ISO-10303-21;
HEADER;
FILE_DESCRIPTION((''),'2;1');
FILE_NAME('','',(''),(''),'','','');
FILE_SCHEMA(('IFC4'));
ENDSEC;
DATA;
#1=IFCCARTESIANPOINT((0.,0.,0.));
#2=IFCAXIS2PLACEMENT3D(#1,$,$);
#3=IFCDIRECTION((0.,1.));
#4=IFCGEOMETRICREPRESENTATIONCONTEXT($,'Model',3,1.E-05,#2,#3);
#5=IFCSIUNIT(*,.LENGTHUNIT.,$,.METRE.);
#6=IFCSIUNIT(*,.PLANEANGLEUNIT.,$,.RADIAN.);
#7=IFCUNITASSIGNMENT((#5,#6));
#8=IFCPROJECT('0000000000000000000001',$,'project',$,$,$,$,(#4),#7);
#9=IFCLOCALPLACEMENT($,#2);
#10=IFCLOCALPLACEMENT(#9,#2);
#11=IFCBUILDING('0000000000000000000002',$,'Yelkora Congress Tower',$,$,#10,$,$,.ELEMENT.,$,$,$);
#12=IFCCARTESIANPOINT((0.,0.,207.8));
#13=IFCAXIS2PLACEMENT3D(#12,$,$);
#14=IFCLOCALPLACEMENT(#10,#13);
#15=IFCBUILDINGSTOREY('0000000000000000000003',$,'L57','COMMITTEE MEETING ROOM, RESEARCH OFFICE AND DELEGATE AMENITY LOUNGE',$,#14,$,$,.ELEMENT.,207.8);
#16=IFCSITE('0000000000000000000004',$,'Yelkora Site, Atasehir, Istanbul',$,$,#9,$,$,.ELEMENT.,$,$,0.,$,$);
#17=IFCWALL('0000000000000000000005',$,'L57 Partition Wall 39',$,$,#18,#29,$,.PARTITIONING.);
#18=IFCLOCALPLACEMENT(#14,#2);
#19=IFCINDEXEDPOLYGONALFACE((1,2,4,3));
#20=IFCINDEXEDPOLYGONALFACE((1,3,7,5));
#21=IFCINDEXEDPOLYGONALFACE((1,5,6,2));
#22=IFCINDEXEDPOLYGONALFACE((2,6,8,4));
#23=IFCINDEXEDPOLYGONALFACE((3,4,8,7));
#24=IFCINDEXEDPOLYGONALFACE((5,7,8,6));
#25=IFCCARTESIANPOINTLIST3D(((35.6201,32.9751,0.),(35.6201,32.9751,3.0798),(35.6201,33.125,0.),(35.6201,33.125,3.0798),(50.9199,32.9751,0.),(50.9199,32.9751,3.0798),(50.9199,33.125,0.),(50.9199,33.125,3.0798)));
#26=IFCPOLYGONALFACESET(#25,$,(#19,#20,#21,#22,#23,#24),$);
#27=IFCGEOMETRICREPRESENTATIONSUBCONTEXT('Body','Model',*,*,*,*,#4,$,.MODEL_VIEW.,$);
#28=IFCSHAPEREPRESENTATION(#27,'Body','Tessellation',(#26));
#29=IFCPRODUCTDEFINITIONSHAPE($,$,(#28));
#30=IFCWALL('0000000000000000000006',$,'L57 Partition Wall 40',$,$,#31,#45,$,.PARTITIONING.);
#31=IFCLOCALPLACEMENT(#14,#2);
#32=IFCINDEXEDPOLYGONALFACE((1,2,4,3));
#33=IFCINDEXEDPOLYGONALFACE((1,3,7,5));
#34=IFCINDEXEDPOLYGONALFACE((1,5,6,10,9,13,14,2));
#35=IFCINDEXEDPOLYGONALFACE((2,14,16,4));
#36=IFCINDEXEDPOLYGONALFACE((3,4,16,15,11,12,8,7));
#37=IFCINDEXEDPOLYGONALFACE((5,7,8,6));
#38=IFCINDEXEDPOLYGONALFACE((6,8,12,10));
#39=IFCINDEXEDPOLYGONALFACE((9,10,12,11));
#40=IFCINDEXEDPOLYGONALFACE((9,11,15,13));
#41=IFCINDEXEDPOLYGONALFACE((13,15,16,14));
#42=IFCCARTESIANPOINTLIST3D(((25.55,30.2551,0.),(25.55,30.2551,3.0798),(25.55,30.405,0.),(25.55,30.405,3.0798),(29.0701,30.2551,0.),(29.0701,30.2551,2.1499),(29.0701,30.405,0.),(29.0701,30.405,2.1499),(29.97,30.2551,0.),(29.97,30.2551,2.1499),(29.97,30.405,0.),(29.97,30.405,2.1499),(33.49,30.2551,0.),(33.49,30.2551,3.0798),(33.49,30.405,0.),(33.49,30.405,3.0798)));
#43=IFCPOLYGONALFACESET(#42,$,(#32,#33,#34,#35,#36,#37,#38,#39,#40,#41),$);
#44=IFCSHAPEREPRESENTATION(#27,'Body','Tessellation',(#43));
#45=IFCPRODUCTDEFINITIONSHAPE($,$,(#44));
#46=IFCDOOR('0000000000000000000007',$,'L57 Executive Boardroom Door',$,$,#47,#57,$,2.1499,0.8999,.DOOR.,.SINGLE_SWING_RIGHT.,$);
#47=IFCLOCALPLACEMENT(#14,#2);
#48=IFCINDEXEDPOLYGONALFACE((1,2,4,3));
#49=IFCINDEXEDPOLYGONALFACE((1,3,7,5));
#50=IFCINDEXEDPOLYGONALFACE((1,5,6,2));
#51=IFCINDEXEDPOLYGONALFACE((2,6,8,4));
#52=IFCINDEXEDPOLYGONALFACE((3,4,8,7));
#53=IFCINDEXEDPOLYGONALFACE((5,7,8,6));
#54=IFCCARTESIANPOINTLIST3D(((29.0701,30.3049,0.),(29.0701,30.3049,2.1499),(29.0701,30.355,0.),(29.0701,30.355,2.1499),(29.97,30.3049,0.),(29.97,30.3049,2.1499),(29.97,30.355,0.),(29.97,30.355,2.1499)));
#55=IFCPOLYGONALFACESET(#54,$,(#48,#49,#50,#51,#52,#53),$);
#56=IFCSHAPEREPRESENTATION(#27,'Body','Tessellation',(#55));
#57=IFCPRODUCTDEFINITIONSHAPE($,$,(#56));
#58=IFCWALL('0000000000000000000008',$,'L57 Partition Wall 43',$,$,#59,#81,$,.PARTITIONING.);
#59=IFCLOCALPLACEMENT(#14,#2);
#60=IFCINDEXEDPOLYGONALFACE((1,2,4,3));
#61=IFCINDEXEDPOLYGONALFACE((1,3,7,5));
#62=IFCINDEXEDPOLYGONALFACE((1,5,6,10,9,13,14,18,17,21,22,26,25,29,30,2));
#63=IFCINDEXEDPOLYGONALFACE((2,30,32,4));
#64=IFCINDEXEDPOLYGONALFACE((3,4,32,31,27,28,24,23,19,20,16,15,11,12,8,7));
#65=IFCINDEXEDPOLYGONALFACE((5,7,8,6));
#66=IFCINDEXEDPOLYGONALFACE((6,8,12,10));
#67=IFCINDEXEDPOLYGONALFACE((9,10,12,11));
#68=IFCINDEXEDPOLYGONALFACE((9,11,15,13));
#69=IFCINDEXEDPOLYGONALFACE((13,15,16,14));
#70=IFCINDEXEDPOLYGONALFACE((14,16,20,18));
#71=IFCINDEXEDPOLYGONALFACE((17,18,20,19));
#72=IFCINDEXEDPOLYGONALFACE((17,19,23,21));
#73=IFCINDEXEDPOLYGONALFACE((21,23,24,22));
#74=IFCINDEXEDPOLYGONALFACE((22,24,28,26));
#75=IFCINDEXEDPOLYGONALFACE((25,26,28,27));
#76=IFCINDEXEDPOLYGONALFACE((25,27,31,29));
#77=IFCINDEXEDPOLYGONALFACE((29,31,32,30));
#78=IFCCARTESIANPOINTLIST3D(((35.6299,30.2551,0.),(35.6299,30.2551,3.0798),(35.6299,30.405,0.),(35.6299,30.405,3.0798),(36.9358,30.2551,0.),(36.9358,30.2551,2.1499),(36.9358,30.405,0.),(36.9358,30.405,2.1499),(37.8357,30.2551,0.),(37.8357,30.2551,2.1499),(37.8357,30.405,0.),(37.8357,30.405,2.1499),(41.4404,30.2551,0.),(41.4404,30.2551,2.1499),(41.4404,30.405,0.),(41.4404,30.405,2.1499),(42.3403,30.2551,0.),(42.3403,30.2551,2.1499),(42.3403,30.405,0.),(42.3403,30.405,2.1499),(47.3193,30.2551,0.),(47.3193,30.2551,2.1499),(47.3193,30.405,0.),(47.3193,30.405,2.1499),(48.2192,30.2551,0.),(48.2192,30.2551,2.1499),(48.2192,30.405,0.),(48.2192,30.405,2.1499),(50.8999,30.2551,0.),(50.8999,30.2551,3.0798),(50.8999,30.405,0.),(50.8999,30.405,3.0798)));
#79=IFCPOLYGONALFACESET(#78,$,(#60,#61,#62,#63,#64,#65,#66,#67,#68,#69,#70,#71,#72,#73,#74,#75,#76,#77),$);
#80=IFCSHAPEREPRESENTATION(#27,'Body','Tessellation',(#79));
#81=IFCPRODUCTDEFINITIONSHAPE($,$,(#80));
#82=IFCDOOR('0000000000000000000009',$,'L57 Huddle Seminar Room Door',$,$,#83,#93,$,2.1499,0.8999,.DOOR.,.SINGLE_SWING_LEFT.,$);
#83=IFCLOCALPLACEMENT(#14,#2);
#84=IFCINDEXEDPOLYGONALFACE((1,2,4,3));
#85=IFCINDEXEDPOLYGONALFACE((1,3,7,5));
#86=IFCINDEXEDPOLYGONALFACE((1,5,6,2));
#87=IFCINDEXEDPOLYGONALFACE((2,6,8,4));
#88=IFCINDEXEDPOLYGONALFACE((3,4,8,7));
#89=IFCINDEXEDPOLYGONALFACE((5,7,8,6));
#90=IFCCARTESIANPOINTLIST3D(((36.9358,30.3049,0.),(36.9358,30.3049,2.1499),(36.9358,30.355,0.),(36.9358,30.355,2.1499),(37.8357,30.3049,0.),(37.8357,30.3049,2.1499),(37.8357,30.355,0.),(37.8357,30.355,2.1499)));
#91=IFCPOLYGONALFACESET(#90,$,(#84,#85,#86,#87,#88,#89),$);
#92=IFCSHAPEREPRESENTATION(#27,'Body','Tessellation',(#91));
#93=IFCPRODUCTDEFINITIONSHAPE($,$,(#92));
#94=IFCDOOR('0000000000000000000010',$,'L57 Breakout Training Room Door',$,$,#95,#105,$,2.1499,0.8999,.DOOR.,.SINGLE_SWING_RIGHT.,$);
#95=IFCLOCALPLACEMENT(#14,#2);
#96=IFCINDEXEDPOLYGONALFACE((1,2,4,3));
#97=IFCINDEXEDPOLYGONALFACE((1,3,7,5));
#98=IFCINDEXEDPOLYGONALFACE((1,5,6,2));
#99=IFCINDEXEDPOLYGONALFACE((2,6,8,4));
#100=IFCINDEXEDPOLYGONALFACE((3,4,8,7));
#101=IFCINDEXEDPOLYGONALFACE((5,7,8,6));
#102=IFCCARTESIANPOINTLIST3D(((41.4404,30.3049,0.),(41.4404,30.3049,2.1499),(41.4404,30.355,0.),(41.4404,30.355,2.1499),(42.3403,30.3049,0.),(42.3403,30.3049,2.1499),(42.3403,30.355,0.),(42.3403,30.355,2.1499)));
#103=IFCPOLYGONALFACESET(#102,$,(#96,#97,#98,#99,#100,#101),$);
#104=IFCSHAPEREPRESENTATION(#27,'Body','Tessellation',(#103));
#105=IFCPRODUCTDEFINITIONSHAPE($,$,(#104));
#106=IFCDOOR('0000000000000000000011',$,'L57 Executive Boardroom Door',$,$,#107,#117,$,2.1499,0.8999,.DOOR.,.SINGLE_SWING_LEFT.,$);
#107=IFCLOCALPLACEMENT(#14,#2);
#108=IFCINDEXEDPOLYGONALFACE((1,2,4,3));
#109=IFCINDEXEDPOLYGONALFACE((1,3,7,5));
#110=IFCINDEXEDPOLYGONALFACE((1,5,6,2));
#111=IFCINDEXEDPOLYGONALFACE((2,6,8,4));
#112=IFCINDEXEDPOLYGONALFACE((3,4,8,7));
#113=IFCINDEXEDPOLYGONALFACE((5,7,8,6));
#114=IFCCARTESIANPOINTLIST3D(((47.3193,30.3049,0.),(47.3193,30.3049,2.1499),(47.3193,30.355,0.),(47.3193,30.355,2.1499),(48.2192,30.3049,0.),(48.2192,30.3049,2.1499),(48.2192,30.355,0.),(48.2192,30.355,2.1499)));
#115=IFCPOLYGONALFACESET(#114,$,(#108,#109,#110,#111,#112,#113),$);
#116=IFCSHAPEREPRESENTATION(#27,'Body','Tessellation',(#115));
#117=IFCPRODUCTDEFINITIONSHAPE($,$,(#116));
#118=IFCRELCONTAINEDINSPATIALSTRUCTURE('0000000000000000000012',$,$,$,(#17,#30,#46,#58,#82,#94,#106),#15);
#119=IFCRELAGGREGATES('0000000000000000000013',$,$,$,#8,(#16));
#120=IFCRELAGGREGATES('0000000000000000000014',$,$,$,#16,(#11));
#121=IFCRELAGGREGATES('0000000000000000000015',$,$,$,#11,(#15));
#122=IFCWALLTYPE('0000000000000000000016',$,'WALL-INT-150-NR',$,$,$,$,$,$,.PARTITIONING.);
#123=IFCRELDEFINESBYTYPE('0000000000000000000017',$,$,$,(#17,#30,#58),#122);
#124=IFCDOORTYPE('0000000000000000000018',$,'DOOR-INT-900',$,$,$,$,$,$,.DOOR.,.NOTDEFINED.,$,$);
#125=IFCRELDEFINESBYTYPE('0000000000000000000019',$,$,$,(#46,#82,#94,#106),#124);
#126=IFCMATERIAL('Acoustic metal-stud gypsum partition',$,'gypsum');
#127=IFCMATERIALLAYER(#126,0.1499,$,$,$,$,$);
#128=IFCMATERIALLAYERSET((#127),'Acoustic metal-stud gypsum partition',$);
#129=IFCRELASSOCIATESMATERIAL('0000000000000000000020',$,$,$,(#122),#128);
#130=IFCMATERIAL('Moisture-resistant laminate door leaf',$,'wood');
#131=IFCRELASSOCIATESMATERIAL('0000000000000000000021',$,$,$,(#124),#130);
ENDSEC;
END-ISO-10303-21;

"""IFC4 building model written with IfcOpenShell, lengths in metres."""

from ifc_helpers import new_model, si_unit, direction, frame, frame_2d, origin, place, context, subcontext, project, spatial, rectangle, extrude, material, layer, layer_set, type_object, element, fill, save


model = new_model("IFC4")

# Units and contexts
model_context = context("Model", 3, precision=1e-05, world=origin(), true_north=direction((0.0, 1.0)))
body_context = subcontext(model_context, "Body", "Model", "MODEL_VIEW")
ifc_project = project(units=[si_unit("LENGTHUNIT", "METRE"), si_unit("PLANEANGLEUNIT", "RADIAN")], contexts=[model_context])

# Site, building, storey
site_placement = place(None, origin())
site = spatial("IfcSite", under=ifc_project, at=site_placement, Name="Yelkora Site, Atasehir, Istanbul", CompositionType="ELEMENT", RefElevation=0.0)
building_placement = place(site_placement, origin())
building = spatial("IfcBuilding", under=site, at=building_placement, Name="Yelkora Congress Tower", CompositionType="ELEMENT")
storey_placement = place(building_placement, frame((0.0, 0.0, 207.8)))
storey = spatial("IfcBuildingStorey", under=building, at=storey_placement, Name="L57", Description="COMMITTEE MEETING ROOM, RESEARCH OFFICE AND DELEGATE AMENITY LOUNGE", CompositionType="ELEMENT", Elevation=207.8)

# Shared definitions
ifc_material_1 = material(Name="Acoustic metal-stud gypsum partition", Category="gypsum")
ifc_layer = layer(ifc_material_1, 0.1499)
ifc_layer_set = layer_set([ifc_layer], Name="Acoustic metal-stud gypsum partition")
wall_type = type_object("IfcWallType", Name="WALL-INT-150-NR", PredefinedType="PARTITIONING", material=ifc_layer_set)

# Shared definitions
ifc_material_2 = material(Name="Moisture-resistant laminate door leaf", Category="wood")
door_type_1 = type_object("IfcDoorType", Name="DOOR-INT-900", OperationType="NOTDEFINED", PredefinedType="DOOR", material=ifc_material_2)

# Wall
wall_1_placement = place(storey_placement, frame((35.6201, 33.05, 0.0), z_axis=(0.0, 0.0, 1.0), x_axis=(1.0, 0.0, 0.0)))
element("IfcWall", 1, at=wall_1_placement, inside=storey, type_object=wall_type, Name="L57 Partition Wall 39", PredefinedType="PARTITIONING", context=body_context, shape_type="SweptSolid", body=[
    extrude(rectangle(XDim=15.2998, YDim=0.1499, at=frame_2d((7.6499, 0.0))), origin(), (0.0, 0.0, 1.0), 3.0798),
])

# Wall, opening, door
wall_2_placement = place(storey_placement, frame((25.55, 30.3301, 0.0), z_axis=(0.0, 0.0, 1.0), x_axis=(1.0, 0.0, 0.0)))
wall_2 = element("IfcWall", 2, at=wall_2_placement, inside=storey, type_object=wall_type, Name="L57 Partition Wall 40", PredefinedType="PARTITIONING", context=body_context, shape_type="SweptSolid", body=[
    extrude(rectangle(XDim=7.9399, YDim=0.1499, at=frame_2d((3.97, 0.0))), origin(), (0.0, 0.0, 1.0), 3.0798),
])
opening_1_placement = place(wall_2_placement, frame((3.52, 0.0, 0.0)))
opening_1 = element("IfcOpeningElement", 3, at=opening_1_placement, cuts=wall_2, PredefinedType="OPENING", context=body_context, shape_type="SweptSolid", body=[
    extrude(rectangle(XDim=0.8999, YDim=2.1499, at=frame_2d((0.45, 1.075))), frame((0.0, 0.085, 0.0), z_axis=(0.0, -1.0, 0.0), x_axis=(1.0, 0.0, 0.0)), (0.0, 0.0, 1.0), 0.1699),
])
door_1_placement = place(opening_1_placement, origin())
door_1 = element("IfcDoor", 4, at=door_1_placement, inside=storey, type_object=door_type_1, Name="L57 Executive Boardroom Door", OperationType="SINGLE_SWING_RIGHT", OverallHeight=2.1499, OverallWidth=0.8999, PredefinedType="DOOR", context=body_context, shape_type="SweptSolid", body=[
    extrude(rectangle(XDim=0.8999, YDim=2.1499, at=frame_2d((0.45, 1.075))), frame((0.0, 0.0249, 0.0), z_axis=(0.0, -1.0, 0.0), x_axis=(1.0, 0.0, 0.0)), (0.0, 0.0, 1.0), 0.05),
])
fill(opening_1, door_1)

# Wall, openings, doors
wall_3_placement = place(storey_placement, frame((35.6299, 30.3301, 0.0), z_axis=(0.0, 0.0, 1.0), x_axis=(1.0, 0.0, 0.0)))
wall_3 = element("IfcWall", 5, at=wall_3_placement, inside=storey, type_object=wall_type, Name="L57 Partition Wall 43", PredefinedType="PARTITIONING", context=body_context, shape_type="SweptSolid", body=[
    extrude(rectangle(XDim=15.27, YDim=0.1499, at=frame_2d((7.635, 0.0))), origin(), (0.0, 0.0, 1.0), 3.0798),
])
opening_2_placement = place(wall_3_placement, frame((1.3059, 0.0, 0.0)))
opening_2 = element("IfcOpeningElement", 6, at=opening_2_placement, cuts=wall_3, PredefinedType="OPENING", context=body_context, shape_type="SweptSolid", body=[
    extrude(rectangle(XDim=0.8999, YDim=2.1499, at=frame_2d((0.45, 1.075))), frame((0.0, 0.085, 0.0), z_axis=(0.0, -1.0, 0.0), x_axis=(1.0, 0.0, 0.0)), (0.0, 0.0, 1.0), 0.1699),
])
opening_3_placement = place(wall_3_placement, frame((5.8105, 0.0, 0.0)))
opening_3 = element("IfcOpeningElement", 7, at=opening_3_placement, cuts=wall_3, PredefinedType="OPENING", context=body_context, shape_type="SweptSolid", body=[
    extrude(rectangle(XDim=0.8999, YDim=2.1499, at=frame_2d((0.45, 1.075))), frame((0.0, 0.085, 0.0), z_axis=(0.0, -1.0, 0.0), x_axis=(1.0, 0.0, 0.0)), (0.0, 0.0, 1.0), 0.1699),
])
opening_4_placement = place(wall_3_placement, frame((11.6895, 0.0, 0.0)))
opening_4 = element("IfcOpeningElement", 8, at=opening_4_placement, cuts=wall_3, PredefinedType="OPENING", context=body_context, shape_type="SweptSolid", body=[
    extrude(rectangle(XDim=0.8999, YDim=2.1499, at=frame_2d((0.45, 1.075))), frame((0.0, 0.085, 0.0), z_axis=(0.0, -1.0, 0.0), x_axis=(1.0, 0.0, 0.0)), (0.0, 0.0, 1.0), 0.1699),
])
door_2_placement = place(opening_2_placement, origin())
door_2 = element("IfcDoor", 9, at=door_2_placement, inside=storey, type_object=door_type_1, Name="L57 Huddle Seminar Room Door", OperationType="SINGLE_SWING_LEFT", OverallHeight=2.1499, OverallWidth=0.8999, PredefinedType="DOOR", context=body_context, shape_type="SweptSolid", body=[
    extrude(rectangle(XDim=0.8999, YDim=2.1499, at=frame_2d((0.45, 1.075))), frame((0.0, 0.0249, 0.0), z_axis=(0.0, -1.0, 0.0), x_axis=(1.0, 0.0, 0.0)), (0.0, 0.0, 1.0), 0.05),
])
fill(opening_2, door_2)
door_3_placement = place(opening_3_placement, origin())
door_3 = element("IfcDoor", 10, at=door_3_placement, inside=storey, type_object=door_type_1, Name="L57 Breakout Training Room Door", OperationType="SINGLE_SWING_RIGHT", OverallHeight=2.1499, OverallWidth=0.8999, PredefinedType="DOOR", context=body_context, shape_type="SweptSolid", body=[
    extrude(rectangle(XDim=0.8999, YDim=2.1499, at=frame_2d((0.45, 1.075))), frame((0.0, 0.0249, 0.0), z_axis=(0.0, -1.0, 0.0), x_axis=(1.0, 0.0, 0.0)), (0.0, 0.0, 1.0), 0.05),
])
fill(opening_3, door_3)
door_4_placement = place(opening_4_placement, origin())
door_4 = element("IfcDoor", 11, at=door_4_placement, inside=storey, type_object=door_type_1, Name="L57 Executive Boardroom Door", OperationType="SINGLE_SWING_LEFT", OverallHeight=2.1499, OverallWidth=0.8999, PredefinedType="DOOR", context=body_context, shape_type="SweptSolid", body=[
    extrude(rectangle(XDim=0.8999, YDim=2.1499, at=frame_2d((0.45, 1.075))), frame((0.0, 0.0249, 0.0), z_axis=(0.0, -1.0, 0.0), x_axis=(1.0, 0.0, 0.0)), (0.0, 0.0, 1.0), 0.05),
])
fill(opening_4, door_4)

save(model, "model.ifc")
